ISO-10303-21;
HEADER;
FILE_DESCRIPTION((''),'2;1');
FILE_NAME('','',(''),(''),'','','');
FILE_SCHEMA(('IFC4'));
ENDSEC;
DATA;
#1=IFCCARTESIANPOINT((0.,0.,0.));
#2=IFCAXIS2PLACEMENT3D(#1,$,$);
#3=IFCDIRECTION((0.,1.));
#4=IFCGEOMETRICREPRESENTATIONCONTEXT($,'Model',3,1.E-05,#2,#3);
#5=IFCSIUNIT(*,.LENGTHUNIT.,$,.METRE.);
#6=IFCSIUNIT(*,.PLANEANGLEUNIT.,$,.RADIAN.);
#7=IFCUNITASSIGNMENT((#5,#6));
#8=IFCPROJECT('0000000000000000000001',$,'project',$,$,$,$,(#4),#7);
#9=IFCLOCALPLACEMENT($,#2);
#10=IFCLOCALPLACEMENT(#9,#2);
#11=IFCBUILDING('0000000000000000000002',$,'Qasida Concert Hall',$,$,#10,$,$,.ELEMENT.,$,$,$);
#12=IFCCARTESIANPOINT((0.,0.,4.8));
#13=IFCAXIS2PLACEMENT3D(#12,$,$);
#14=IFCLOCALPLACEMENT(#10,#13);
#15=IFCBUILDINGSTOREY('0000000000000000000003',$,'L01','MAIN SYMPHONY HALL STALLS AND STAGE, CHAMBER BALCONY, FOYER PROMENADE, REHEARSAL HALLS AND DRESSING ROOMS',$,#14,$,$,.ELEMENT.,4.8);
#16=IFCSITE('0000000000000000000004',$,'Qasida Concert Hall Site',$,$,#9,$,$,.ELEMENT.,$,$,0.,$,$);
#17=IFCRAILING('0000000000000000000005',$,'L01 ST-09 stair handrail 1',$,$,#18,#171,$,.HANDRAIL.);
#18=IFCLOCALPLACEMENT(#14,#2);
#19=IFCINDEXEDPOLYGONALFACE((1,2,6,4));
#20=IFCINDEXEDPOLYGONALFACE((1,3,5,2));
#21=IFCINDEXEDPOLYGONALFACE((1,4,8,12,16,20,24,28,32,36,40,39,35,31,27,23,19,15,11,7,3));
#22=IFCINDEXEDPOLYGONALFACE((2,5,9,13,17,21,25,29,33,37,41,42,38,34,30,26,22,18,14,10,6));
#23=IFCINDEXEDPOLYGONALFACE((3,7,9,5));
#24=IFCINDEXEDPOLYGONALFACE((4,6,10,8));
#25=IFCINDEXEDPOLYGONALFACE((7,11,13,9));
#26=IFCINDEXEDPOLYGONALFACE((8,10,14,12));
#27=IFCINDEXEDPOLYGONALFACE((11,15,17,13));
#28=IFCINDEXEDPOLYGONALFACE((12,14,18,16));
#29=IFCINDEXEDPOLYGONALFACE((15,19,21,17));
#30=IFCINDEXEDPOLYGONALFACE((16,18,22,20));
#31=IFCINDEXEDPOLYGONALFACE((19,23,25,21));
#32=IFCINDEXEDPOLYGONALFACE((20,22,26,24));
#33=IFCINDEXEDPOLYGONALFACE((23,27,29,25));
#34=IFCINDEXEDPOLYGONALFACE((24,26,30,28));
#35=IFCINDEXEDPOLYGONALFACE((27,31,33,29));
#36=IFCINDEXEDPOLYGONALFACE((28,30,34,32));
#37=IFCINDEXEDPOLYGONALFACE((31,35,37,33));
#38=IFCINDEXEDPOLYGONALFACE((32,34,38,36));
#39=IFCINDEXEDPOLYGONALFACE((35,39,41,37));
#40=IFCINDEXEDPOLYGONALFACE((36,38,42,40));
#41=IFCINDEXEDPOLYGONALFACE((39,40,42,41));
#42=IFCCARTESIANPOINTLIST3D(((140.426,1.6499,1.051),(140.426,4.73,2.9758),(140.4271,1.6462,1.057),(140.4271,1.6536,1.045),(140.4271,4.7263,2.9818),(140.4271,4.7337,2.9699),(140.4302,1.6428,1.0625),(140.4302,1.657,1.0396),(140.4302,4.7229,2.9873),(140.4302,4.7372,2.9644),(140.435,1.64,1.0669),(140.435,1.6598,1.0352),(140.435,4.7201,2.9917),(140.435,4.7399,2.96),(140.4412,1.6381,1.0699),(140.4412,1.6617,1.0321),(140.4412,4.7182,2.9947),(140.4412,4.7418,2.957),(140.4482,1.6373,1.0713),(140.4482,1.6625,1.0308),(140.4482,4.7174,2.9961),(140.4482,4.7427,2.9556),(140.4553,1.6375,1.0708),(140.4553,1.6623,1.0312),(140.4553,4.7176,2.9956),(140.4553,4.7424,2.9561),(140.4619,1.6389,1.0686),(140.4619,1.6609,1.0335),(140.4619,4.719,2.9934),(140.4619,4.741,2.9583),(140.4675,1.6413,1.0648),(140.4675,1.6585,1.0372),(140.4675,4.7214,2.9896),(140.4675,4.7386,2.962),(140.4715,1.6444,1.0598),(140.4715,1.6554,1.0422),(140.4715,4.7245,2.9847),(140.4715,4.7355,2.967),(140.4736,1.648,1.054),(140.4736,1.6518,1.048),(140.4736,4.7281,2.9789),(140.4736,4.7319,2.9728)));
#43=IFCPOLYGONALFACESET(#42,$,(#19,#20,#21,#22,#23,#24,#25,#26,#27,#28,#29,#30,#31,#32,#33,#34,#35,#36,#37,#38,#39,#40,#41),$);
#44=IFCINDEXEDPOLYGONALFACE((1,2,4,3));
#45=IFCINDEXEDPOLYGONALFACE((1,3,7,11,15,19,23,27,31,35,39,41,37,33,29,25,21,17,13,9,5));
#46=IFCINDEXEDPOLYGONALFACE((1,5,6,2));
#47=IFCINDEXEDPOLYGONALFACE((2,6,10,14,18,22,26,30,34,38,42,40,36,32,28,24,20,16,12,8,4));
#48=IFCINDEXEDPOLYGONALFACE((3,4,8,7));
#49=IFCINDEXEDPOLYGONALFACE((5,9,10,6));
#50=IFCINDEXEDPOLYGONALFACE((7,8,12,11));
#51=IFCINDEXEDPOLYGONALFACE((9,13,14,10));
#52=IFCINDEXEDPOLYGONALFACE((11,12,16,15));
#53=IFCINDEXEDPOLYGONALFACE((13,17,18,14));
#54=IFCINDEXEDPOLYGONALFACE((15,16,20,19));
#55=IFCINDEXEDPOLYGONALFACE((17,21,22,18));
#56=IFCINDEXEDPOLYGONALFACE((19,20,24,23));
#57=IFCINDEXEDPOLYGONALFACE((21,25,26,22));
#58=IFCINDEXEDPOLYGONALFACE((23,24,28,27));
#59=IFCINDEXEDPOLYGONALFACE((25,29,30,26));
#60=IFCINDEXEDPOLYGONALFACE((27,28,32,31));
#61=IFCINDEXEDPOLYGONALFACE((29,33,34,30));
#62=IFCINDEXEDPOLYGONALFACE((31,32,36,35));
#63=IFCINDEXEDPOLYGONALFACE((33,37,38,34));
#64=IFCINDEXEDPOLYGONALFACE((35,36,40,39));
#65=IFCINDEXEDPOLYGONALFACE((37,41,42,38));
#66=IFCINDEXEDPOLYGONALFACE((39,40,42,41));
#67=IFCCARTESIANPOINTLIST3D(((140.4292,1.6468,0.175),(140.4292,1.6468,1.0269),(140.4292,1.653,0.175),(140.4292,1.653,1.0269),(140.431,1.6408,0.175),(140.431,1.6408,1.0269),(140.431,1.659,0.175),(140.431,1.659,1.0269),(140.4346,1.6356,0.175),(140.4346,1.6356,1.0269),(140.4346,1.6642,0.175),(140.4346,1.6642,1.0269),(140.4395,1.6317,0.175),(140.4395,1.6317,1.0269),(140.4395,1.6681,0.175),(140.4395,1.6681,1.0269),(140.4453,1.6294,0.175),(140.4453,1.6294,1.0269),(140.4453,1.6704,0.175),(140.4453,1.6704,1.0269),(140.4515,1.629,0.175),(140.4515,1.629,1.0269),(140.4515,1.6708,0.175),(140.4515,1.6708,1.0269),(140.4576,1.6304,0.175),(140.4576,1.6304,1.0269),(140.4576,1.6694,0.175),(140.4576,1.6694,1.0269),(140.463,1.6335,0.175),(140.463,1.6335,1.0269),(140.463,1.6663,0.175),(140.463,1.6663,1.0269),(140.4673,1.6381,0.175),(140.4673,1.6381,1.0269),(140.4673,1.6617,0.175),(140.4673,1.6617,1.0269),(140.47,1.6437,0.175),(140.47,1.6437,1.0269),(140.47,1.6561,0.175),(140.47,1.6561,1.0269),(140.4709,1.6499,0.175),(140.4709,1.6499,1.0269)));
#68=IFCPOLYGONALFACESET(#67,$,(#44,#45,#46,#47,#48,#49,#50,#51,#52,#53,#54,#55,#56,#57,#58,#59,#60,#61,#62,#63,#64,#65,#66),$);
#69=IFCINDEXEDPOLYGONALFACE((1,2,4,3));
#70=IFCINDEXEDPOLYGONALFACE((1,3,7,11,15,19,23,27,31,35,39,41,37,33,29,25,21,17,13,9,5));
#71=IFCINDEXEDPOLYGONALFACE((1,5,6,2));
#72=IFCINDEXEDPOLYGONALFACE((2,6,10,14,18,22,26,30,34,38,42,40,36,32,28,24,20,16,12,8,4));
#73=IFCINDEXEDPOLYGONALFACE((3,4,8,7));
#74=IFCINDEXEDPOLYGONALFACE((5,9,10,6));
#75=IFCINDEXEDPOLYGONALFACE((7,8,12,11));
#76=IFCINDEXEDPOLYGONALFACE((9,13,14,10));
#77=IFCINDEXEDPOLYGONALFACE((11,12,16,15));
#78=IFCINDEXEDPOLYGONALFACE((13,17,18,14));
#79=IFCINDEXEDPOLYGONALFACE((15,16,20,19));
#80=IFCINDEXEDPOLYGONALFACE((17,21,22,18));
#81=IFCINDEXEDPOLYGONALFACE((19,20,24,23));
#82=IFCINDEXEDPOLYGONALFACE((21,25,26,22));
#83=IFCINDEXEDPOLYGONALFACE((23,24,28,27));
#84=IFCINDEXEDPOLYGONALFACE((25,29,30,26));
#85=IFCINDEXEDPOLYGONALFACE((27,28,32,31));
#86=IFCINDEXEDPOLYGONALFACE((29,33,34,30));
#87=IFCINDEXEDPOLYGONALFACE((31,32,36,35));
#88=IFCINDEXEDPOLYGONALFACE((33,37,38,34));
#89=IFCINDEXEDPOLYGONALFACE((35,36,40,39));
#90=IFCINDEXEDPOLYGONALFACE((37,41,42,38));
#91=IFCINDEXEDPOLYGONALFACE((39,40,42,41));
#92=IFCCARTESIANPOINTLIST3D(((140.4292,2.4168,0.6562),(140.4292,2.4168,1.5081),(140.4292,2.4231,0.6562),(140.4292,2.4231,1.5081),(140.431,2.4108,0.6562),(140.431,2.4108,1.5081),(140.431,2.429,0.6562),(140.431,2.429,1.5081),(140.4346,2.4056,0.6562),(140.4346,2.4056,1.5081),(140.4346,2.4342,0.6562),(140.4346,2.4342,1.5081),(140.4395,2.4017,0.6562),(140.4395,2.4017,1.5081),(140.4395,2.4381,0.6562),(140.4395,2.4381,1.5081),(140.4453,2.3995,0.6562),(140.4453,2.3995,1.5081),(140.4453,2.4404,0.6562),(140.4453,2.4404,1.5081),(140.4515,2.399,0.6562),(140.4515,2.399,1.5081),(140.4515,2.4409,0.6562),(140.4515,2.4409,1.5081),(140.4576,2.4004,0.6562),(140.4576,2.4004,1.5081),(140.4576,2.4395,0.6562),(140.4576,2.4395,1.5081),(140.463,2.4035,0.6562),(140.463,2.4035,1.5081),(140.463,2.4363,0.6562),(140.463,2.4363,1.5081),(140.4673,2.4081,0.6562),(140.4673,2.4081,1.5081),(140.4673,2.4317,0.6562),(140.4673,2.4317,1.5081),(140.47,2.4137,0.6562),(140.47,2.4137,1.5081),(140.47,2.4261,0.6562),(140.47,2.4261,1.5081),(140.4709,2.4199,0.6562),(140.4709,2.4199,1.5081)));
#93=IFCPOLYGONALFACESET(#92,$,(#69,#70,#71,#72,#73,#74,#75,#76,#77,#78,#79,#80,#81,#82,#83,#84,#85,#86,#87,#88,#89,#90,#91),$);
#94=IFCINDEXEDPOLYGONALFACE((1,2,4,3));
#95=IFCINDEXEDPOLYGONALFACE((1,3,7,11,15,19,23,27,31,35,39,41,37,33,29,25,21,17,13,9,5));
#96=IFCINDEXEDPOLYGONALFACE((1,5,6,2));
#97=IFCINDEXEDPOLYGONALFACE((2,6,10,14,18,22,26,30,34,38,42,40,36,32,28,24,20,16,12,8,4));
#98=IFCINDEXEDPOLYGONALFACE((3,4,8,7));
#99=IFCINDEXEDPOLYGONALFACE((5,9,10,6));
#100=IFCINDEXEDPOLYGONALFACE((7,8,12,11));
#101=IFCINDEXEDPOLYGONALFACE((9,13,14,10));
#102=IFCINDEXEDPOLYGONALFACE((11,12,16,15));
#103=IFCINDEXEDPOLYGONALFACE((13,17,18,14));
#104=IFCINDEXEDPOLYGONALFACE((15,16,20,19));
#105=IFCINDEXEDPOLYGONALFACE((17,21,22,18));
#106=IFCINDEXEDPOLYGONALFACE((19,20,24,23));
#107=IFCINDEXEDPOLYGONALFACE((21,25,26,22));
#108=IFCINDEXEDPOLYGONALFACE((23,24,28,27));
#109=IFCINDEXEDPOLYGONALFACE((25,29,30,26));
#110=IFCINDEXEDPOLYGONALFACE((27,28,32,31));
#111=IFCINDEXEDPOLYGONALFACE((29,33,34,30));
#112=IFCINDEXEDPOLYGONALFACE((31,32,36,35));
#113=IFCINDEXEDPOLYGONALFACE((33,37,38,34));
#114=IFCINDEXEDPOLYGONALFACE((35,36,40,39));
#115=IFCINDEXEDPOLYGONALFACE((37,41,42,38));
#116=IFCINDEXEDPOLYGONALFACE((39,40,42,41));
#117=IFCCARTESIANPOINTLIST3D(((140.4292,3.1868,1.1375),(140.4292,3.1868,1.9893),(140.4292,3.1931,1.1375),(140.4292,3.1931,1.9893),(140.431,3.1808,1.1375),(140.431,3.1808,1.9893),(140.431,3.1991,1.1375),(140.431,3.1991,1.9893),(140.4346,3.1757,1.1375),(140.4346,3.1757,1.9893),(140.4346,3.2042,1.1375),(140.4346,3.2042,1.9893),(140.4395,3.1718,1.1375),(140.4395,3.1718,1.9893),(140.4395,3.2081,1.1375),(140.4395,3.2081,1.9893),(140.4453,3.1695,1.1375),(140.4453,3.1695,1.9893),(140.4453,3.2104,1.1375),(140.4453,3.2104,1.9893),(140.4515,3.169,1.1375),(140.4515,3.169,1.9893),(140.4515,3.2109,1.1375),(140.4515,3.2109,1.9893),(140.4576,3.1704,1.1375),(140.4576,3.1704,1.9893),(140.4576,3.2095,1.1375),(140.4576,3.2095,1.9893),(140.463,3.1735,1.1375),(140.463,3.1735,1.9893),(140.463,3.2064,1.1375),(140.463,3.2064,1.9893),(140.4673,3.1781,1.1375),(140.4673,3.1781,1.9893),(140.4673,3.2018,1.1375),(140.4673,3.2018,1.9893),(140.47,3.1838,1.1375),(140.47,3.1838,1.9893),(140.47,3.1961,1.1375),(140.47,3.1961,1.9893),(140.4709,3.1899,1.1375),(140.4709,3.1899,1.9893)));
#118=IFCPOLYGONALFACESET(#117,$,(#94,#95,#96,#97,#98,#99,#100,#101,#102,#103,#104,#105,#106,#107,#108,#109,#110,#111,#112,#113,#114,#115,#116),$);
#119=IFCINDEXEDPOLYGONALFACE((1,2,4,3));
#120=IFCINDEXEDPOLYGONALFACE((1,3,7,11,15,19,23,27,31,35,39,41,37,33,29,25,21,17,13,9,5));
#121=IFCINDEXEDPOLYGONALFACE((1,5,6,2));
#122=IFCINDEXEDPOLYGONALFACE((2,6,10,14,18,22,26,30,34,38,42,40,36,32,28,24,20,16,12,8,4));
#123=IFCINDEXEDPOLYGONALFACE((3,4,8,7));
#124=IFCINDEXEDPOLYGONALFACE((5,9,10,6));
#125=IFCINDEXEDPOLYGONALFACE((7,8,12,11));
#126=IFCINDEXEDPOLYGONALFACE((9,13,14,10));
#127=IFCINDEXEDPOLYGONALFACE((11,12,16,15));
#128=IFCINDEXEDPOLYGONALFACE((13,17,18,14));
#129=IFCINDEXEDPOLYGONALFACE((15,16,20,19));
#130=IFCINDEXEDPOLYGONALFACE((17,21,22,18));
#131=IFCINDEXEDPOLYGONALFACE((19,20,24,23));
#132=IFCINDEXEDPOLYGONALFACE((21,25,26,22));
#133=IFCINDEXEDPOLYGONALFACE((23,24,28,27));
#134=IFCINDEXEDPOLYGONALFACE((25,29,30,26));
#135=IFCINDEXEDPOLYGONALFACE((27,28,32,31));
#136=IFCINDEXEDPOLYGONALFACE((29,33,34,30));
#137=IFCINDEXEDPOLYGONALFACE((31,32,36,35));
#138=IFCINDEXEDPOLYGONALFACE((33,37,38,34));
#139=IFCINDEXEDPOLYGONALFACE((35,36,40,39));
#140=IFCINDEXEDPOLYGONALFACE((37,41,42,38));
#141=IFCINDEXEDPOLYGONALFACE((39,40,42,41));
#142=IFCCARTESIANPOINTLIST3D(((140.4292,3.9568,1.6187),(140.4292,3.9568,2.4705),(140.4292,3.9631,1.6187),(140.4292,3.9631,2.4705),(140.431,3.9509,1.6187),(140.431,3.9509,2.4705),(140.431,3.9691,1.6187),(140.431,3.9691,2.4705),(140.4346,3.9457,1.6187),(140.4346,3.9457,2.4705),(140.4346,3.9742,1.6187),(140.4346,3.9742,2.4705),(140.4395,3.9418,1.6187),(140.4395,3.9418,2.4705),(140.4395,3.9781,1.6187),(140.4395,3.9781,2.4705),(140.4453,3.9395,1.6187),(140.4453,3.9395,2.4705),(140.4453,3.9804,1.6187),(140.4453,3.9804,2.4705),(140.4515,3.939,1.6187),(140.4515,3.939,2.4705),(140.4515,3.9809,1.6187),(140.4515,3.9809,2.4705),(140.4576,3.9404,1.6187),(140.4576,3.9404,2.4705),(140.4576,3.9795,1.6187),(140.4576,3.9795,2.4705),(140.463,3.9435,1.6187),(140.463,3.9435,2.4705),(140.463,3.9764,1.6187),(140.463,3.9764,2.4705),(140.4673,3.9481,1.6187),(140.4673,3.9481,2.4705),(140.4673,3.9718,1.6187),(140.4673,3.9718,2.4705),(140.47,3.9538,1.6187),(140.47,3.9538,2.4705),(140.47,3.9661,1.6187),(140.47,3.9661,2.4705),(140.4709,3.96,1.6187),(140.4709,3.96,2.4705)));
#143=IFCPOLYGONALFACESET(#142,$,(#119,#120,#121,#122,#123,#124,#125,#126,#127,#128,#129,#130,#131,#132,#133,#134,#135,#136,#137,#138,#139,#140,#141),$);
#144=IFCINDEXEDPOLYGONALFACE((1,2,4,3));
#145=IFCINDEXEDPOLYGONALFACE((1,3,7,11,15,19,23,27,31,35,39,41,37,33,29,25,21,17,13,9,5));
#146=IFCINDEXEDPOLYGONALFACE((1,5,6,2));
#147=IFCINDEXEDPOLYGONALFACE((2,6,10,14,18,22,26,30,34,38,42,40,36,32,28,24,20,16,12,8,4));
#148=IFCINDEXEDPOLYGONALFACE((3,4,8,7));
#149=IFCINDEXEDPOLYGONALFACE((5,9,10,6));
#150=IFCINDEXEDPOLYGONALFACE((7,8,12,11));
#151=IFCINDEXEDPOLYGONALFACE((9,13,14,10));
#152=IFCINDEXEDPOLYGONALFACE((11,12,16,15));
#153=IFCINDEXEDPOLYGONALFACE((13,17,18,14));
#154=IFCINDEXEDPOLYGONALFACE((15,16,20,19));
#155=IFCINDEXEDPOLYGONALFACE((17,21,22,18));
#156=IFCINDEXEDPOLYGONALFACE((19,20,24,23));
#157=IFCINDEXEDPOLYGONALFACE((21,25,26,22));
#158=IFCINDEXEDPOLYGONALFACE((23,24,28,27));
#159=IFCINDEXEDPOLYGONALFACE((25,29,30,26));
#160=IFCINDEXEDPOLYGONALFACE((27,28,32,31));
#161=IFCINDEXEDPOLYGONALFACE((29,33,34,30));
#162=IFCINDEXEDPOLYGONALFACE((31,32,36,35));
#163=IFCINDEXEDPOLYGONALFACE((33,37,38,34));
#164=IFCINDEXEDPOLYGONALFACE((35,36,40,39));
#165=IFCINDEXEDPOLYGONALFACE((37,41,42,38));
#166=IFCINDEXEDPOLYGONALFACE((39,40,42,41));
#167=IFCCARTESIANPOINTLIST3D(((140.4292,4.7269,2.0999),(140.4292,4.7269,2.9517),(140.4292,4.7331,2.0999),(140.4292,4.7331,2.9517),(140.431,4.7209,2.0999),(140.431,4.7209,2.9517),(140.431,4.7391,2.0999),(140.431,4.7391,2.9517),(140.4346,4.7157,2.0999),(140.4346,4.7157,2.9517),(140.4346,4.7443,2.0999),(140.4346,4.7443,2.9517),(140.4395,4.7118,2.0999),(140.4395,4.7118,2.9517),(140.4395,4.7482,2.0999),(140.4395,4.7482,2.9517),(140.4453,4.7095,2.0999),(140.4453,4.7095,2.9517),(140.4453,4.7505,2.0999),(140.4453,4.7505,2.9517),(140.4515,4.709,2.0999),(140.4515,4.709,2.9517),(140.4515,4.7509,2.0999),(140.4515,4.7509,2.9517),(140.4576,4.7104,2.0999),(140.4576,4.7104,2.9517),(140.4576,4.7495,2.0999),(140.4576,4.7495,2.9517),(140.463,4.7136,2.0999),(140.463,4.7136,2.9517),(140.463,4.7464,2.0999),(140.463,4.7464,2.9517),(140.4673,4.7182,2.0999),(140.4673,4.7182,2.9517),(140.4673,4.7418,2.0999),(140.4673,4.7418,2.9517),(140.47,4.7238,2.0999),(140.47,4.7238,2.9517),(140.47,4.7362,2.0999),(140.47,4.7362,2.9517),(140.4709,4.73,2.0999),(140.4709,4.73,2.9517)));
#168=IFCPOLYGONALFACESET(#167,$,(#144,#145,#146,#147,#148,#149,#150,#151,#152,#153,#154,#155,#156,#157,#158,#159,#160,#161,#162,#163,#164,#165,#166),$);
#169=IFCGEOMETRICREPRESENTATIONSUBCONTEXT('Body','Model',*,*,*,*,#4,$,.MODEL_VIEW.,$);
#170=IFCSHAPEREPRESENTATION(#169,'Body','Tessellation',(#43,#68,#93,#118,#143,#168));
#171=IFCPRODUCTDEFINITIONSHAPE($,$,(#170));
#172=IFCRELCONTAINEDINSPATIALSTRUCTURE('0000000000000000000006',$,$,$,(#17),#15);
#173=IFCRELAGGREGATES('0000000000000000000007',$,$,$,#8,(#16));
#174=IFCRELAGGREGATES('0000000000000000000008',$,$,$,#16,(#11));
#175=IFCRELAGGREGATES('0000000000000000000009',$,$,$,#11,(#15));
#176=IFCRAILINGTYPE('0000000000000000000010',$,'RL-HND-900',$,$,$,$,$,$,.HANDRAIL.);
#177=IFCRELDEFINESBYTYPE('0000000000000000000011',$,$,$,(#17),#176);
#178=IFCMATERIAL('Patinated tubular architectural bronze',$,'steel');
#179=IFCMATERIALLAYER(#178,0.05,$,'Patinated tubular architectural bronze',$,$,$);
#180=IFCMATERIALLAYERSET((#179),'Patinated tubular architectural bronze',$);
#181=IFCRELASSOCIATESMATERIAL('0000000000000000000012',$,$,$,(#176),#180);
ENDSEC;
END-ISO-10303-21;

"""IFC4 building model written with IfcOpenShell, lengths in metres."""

from ifc_helpers import new_model, si_unit, direction, frame, origin, origin_2d, place, context, subcontext, project, spatial, circle, extrude, material, layer, layer_set, type_object, element, save


model = new_model("IFC4")

# Units and contexts
model_context = context("Model", 3, precision=1e-05, world=origin(), true_north=direction((0.0, 1.0)))
body_context = subcontext(model_context, "Body", "Model", "MODEL_VIEW")
ifc_project = project(units=[si_unit("LENGTHUNIT", "METRE"), si_unit("PLANEANGLEUNIT", "RADIAN")], contexts=[model_context])

# Site, building, storey
site_placement = place(None, origin())
site = spatial("IfcSite", under=ifc_project, at=site_placement, Name="Qasida Concert Hall Site", CompositionType="ELEMENT", RefElevation=0.0)
building_placement = place(site_placement, origin())
building = spatial("IfcBuilding", under=site, at=building_placement, Name="Qasida Concert Hall", CompositionType="ELEMENT")
storey_placement = place(building_placement, frame((0.0, 0.0, 4.8)))
storey = spatial("IfcBuildingStorey", under=building, at=storey_placement, Name="L01", Description="MAIN SYMPHONY HALL STALLS AND STAGE, CHAMBER BALCONY, FOYER PROMENADE, REHEARSAL HALLS AND DRESSING ROOMS", CompositionType="ELEMENT", Elevation=4.8)

# Railing
ifc_material_1 = material(Name="Patinated tubular architectural bronze", Category="steel")
ifc_layer_1 = layer(ifc_material_1, 0.05, Name="Patinated tubular architectural bronze")
ifc_layer_set_1 = layer_set([ifc_layer_1], Name="Patinated tubular architectural bronze")
railing_type = type_object("IfcRailingType", Name="RL-HND-900", PredefinedType="HANDRAIL", material=ifc_layer_set_1)
railing_placement = place(storey_placement, frame((140.45, 1.6499, 0.175)))
element("IfcRailing", 1, at=railing_placement, inside=storey, type_object=railing_type, Name="L01 ST-09 stair handrail 1", PredefinedType="HANDRAIL", context=body_context, shape_type="SweptSolid", body=[
    extrude(circle(Radius=0.0239, at=origin_2d()), frame((0.0, 0.0, 0.876), z_axis=(0.0, 0.848029, 0.529951), x_axis=(-1.0, 0.0, 0.0)), (0.0, 0.0, 1.0), 3.6321),
    extrude(circle(Radius=0.021, at=origin_2d()), origin(), (0.0, 0.0, 1.0), 0.8518),
    extrude(circle(Radius=0.021, at=origin_2d()), frame((0.0, 0.77, 0.4812)), (0.0, 0.0, 1.0), 0.8518),
    extrude(circle(Radius=0.021, at=origin_2d()), frame((0.0, 1.54, 0.9624)), (0.0, 0.0, 1.0), 0.8518),
    extrude(circle(Radius=0.021, at=origin_2d()), frame((0.0, 2.3101, 1.4436)), (0.0, 0.0, 1.0), 0.8518),
    extrude(circle(Radius=0.021, at=origin_2d()), frame((0.0, 3.0801, 1.9248)), (0.0, 0.0, 1.0), 0.8518),
])

save(model, "model.ifc")
